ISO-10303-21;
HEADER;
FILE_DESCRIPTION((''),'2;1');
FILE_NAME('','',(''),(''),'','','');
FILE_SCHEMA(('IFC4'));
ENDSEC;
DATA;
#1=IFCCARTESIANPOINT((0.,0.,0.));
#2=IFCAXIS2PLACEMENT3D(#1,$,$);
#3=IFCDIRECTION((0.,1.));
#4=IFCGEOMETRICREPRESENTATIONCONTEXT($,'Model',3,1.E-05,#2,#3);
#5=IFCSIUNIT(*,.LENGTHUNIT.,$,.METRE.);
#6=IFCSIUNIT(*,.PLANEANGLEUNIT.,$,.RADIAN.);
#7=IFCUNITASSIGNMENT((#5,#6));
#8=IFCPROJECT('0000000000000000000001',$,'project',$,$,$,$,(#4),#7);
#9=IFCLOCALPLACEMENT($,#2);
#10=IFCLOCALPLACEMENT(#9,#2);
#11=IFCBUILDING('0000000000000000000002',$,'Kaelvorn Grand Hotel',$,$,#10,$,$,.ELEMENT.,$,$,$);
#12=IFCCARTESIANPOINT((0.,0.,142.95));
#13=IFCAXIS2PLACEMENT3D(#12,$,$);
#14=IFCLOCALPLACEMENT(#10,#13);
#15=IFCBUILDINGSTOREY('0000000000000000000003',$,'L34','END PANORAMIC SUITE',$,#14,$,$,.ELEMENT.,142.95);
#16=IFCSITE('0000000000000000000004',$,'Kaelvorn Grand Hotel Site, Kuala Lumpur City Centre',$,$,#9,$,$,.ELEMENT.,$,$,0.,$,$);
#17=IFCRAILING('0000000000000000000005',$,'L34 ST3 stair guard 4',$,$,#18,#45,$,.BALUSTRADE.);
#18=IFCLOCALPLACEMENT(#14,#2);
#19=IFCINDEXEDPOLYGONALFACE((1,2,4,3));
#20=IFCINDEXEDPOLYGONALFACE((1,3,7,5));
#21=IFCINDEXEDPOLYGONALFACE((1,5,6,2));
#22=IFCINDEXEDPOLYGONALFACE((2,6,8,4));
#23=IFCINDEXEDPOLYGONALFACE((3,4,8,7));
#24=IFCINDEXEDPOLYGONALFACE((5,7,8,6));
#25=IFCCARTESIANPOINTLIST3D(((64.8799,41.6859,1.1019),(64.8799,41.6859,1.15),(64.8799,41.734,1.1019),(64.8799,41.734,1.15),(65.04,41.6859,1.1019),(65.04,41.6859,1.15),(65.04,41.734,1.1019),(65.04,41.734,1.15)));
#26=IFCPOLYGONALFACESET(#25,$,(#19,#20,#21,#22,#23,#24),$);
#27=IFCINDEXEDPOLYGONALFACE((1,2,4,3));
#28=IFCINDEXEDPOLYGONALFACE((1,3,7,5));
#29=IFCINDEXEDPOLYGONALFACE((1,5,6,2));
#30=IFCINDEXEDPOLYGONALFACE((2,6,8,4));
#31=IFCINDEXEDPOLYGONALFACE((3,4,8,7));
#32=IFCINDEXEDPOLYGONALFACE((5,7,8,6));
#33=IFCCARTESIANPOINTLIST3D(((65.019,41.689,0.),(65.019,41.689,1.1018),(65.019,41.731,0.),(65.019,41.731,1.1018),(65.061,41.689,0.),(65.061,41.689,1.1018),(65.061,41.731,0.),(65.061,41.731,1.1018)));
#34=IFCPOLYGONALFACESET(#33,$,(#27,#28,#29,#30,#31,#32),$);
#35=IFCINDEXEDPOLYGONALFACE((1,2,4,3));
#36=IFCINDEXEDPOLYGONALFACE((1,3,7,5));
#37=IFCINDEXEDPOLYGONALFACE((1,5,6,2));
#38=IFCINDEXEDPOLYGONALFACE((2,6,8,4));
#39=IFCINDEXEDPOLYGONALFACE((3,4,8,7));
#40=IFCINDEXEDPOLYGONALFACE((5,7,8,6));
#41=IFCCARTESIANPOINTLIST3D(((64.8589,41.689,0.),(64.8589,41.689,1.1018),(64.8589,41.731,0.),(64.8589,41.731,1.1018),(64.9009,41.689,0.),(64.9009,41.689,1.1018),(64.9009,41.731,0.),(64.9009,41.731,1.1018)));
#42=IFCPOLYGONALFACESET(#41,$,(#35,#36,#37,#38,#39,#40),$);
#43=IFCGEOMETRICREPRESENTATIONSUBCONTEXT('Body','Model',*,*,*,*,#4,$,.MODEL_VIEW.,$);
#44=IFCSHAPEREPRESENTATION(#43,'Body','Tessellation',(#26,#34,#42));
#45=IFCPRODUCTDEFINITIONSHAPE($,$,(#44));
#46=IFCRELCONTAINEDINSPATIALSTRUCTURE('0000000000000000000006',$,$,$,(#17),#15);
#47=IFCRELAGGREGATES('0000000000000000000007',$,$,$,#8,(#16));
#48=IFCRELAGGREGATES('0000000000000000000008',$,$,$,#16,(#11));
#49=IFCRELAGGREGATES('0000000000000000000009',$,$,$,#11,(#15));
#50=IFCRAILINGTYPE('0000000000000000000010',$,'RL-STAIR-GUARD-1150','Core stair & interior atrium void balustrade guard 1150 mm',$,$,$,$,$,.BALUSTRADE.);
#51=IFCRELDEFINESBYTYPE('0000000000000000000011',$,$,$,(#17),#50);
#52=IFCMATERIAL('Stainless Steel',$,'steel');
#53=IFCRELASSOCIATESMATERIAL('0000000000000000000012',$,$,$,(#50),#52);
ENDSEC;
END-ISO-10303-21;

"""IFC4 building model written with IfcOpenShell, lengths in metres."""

from ifc_helpers import new_model, si_unit, direction, frame, origin, origin_2d, place, context, subcontext, project, spatial, rectangle, extrude, material, type_object, element, save


model = new_model("IFC4")

# Units and contexts
model_context = context("Model", 3, precision=1e-05, world=origin(), true_north=direction((0.0, 1.0)))
body_context = subcontext(model_context, "Body", "Model", "MODEL_VIEW")
ifc_project = project(units=[si_unit("LENGTHUNIT", "METRE"), si_unit("PLANEANGLEUNIT", "RADIAN")], contexts=[model_context])

# Site, building, storey
site_placement = place(None, origin())
site = spatial("IfcSite", under=ifc_project, at=site_placement, Name="Kaelvorn Grand Hotel Site, Kuala Lumpur City Centre", CompositionType="ELEMENT", RefElevation=0.0)
building_placement = place(site_placement, origin())
building = spatial("IfcBuilding", under=site, at=building_placement, Name="Kaelvorn Grand Hotel", CompositionType="ELEMENT")
storey_placement = place(building_placement, frame((0.0, 0.0, 142.95)))
storey = spatial("IfcBuildingStorey", under=building, at=storey_placement, Name="L34", Description="END PANORAMIC SUITE", CompositionType="ELEMENT", Elevation=142.95)

# Shared definitions
ifc_material_1 = material(Name="Stainless Steel", Category="steel")

# Railing
railing_type_1 = type_object("IfcRailingType", Name="RL-STAIR-GUARD-1150", Description="Core stair & interior atrium void balustrade guard 1150 mm", PredefinedType="BALUSTRADE", material=ifc_material_1)
railing_1_placement = place(storey_placement, frame((65.04, 41.71, 0.0)))
element("IfcRailing", 1, at=railing_1_placement, inside=storey, type_object=railing_type_1, Name="L34 ST3 stair guard 4", PredefinedType="BALUSTRADE", context=body_context, shape_type="SweptSolid", body=[
    extrude(rectangle(XDim=0.0481, YDim=0.0481, at=origin_2d()), frame((0.0, 0.0, 1.126), z_axis=(-1.0, 0.0, 0.0), x_axis=(0.0, -1.0, 0.0)), (0.0, 0.0, 1.0), 0.1602),
    extrude(rectangle(XDim=0.042, YDim=0.042, at=origin_2d()), origin(), (0.0, 0.0, 1.0), 1.1018),
    extrude(rectangle(XDim=0.042, YDim=0.042, at=origin_2d()), frame((-0.1602, 0.0, 0.0)), (0.0, 0.0, 1.0), 1.1018),
])

save(model, "model.ifc")
